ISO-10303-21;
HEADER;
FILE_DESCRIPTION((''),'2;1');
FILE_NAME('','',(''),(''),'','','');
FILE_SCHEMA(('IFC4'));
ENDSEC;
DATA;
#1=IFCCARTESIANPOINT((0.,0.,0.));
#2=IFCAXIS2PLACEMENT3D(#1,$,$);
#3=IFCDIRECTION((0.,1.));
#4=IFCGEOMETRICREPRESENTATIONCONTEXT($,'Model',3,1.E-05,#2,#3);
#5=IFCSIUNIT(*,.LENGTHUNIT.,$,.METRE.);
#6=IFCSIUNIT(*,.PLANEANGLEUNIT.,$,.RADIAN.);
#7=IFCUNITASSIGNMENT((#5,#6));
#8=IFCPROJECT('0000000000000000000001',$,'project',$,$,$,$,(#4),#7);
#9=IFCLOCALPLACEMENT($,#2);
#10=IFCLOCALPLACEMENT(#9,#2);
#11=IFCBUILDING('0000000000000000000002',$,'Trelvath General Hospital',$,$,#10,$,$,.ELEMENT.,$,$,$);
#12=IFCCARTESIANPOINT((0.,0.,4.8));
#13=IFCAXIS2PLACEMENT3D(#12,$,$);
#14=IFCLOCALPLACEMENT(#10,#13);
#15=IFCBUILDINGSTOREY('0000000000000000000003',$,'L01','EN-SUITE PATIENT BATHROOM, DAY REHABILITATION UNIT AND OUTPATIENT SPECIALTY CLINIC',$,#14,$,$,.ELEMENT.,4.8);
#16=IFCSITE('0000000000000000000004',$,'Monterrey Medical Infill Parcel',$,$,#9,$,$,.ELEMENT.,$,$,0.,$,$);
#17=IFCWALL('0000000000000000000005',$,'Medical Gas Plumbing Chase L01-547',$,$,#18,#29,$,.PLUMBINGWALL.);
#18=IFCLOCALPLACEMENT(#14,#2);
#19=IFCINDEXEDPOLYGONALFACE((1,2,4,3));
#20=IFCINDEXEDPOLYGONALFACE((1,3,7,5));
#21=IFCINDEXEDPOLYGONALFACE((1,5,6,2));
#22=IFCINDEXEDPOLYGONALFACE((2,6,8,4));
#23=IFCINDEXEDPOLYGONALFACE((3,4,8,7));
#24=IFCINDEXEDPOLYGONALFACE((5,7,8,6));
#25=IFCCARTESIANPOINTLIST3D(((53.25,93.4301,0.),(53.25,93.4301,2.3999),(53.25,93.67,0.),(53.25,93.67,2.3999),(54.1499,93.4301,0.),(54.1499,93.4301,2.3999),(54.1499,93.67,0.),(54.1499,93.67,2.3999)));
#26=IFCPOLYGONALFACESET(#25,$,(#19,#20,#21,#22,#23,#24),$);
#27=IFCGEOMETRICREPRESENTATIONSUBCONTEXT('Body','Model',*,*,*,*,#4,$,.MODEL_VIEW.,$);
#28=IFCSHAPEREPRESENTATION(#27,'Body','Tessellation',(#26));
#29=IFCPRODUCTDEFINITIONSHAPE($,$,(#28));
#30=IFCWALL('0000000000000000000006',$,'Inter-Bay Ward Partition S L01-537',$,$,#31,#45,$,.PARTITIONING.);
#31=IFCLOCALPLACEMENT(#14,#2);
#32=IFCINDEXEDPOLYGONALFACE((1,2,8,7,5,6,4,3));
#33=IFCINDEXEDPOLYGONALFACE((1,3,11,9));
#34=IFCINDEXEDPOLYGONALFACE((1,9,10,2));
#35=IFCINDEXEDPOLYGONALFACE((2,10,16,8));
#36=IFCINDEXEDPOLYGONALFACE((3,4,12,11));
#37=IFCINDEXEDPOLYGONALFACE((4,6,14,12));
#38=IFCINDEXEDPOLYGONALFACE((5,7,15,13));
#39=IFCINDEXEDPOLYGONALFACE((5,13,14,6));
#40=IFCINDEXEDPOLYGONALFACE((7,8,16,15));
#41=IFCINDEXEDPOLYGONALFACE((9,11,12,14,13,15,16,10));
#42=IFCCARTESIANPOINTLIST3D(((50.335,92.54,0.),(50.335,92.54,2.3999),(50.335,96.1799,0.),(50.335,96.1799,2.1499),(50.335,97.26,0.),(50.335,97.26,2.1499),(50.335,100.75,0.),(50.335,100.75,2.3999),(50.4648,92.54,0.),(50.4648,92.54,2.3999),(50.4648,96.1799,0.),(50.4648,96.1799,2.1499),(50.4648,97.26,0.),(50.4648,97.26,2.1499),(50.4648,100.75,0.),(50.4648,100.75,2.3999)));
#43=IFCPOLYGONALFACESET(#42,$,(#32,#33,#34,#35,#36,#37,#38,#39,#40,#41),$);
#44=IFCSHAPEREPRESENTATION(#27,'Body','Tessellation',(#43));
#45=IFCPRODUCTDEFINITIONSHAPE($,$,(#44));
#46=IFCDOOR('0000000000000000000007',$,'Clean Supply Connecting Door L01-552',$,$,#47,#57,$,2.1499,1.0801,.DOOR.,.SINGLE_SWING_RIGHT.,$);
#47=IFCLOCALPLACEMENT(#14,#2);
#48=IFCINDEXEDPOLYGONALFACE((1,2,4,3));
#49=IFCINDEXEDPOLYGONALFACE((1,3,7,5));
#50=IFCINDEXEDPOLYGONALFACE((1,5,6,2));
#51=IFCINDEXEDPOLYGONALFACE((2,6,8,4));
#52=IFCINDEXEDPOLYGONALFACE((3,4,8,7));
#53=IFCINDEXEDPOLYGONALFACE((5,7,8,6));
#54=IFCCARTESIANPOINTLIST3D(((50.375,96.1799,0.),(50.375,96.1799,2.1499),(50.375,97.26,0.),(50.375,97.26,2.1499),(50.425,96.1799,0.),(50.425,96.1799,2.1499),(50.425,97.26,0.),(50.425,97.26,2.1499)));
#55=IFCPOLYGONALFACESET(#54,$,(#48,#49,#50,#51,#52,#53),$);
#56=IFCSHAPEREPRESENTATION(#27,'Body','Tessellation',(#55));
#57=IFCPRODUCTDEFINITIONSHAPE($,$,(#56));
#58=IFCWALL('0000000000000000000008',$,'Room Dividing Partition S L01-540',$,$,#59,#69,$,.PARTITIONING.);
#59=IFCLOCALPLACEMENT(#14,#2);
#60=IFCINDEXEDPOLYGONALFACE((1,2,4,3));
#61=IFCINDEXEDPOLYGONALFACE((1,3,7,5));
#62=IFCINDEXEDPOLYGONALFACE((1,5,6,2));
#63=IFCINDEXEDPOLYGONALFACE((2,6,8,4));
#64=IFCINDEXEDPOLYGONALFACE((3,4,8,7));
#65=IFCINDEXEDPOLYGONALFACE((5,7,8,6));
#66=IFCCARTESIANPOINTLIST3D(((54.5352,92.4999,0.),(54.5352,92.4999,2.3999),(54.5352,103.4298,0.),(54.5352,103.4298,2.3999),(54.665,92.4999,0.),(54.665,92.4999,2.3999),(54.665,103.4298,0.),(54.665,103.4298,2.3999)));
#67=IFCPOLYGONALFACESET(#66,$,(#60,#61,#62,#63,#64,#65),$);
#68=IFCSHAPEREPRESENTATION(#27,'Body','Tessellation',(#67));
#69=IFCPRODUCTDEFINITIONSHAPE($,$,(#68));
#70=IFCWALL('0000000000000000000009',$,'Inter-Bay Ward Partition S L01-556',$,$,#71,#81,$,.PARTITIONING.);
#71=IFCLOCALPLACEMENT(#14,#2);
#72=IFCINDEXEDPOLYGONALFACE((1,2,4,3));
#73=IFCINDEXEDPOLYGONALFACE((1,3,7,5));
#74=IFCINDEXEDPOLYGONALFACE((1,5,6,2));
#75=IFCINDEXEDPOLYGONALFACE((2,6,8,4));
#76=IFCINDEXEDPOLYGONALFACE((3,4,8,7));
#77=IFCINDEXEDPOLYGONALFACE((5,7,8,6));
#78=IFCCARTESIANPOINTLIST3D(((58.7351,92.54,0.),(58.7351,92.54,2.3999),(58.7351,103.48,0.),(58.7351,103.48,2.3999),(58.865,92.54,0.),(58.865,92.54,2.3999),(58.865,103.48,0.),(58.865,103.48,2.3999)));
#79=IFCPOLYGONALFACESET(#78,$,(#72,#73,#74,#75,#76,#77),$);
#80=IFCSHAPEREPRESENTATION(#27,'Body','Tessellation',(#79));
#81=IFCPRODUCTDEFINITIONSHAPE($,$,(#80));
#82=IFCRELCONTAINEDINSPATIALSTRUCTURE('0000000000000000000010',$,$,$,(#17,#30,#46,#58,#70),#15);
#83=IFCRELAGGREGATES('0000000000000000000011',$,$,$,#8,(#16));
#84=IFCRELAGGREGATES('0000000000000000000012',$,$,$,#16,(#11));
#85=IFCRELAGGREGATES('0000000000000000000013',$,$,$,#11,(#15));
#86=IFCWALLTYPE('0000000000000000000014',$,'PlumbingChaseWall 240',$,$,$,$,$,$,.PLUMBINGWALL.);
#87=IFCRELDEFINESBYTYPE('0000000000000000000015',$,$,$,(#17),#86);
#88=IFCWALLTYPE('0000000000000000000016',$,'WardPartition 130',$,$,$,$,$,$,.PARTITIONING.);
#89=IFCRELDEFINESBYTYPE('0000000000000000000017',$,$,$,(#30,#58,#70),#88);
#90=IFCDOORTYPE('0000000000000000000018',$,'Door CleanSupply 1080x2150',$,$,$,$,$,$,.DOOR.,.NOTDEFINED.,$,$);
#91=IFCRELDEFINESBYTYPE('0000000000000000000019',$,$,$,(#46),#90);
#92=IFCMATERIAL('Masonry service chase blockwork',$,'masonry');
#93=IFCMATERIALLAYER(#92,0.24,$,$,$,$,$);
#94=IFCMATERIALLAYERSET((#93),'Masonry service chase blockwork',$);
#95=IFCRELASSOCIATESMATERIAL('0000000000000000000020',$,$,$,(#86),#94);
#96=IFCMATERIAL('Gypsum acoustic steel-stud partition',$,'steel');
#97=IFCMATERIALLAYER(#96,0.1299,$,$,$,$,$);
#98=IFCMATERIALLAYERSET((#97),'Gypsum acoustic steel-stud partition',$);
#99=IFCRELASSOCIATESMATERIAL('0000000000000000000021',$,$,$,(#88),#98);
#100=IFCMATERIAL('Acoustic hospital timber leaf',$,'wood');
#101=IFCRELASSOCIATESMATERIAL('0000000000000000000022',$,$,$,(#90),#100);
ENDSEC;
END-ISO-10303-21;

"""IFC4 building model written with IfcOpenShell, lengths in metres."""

from ifc_helpers import new_model, si_unit, direction, frame, frame_2d, origin, place, context, subcontext, project, spatial, rectangle, extrude, material, layer, layer_set, type_object, element, fill, save


model = new_model("IFC4")

# Units and contexts
model_context = context("Model", 3, precision=1e-05, world=origin(), true_north=direction((0.0, 1.0)))
body_context = subcontext(model_context, "Body", "Model", "MODEL_VIEW")
ifc_project = project(units=[si_unit("LENGTHUNIT", "METRE"), si_unit("PLANEANGLEUNIT", "RADIAN")], contexts=[model_context])

# Site, building, storey
site_placement = place(None, origin())
site = spatial("IfcSite", under=ifc_project, at=site_placement, Name="Monterrey Medical Infill Parcel", CompositionType="ELEMENT", RefElevation=0.0)
building_placement = place(site_placement, origin())
building = spatial("IfcBuilding", under=site, at=building_placement, Name="Trelvath General Hospital", CompositionType="ELEMENT")
storey_placement = place(building_placement, frame((0.0, 0.0, 4.8)))
storey = spatial("IfcBuildingStorey", under=building, at=storey_placement, Name="L01", Description="EN-SUITE PATIENT BATHROOM, DAY REHABILITATION UNIT AND OUTPATIENT SPECIALTY CLINIC", CompositionType="ELEMENT", Elevation=4.8)

# Wall
ifc_material_1 = material(Name="Masonry service chase blockwork", Category="masonry")
ifc_layer_1 = layer(ifc_material_1, 0.24)
ifc_layer_set_1 = layer_set([ifc_layer_1], Name="Masonry service chase blockwork")
wall_type_1 = type_object("IfcWallType", Name="PlumbingChaseWall 240", PredefinedType="PLUMBINGWALL", material=ifc_layer_set_1)
wall_1_placement = place(storey_placement, frame((53.25, 93.55, 0.0), z_axis=(0.0, 0.0, 1.0), x_axis=(1.0, 0.0, 0.0)))
element("IfcWall", 1, at=wall_1_placement, inside=storey, type_object=wall_type_1, Name="Medical Gas Plumbing Chase L01-547", PredefinedType="PLUMBINGWALL", context=body_context, shape_type="SweptSolid", body=[
    extrude(rectangle(XDim=0.8999, YDim=0.24, at=frame_2d((0.45, 0.0))), origin(), (0.0, 0.0, 1.0), 2.3999),
])

# Wall, opening, door
ifc_material_2 = material(Name="Gypsum acoustic steel-stud partition", Category="steel")
ifc_layer_2 = layer(ifc_material_2, 0.1299)
ifc_layer_set_2 = layer_set([ifc_layer_2], Name="Gypsum acoustic steel-stud partition")
wall_type_2 = type_object("IfcWallType", Name="WardPartition 130", PredefinedType="PARTITIONING", material=ifc_layer_set_2)
wall_2_placement = place(storey_placement, frame((50.3999, 92.54, 0.0), z_axis=(0.0, 0.0, 1.0), x_axis=(0.0, 1.0, 0.0)))
wall_2 = element("IfcWall", 2, at=wall_2_placement, inside=storey, type_object=wall_type_2, Name="Inter-Bay Ward Partition S L01-537", PredefinedType="PARTITIONING", context=body_context, shape_type="SweptSolid", body=[
    extrude(rectangle(XDim=8.21, YDim=0.1299, at=frame_2d((4.105, 0.0))), origin(), (0.0, 0.0, 1.0), 2.3999),
])
opening_1_placement = place(wall_2_placement, frame((3.6399, 0.0, 0.0)))
opening_1 = element("IfcOpeningElement", 3, at=opening_1_placement, cuts=wall_2, PredefinedType="OPENING", context=body_context, shape_type="SweptSolid", body=[
    extrude(rectangle(XDim=1.0801, YDim=2.1499, at=frame_2d((0.54, 1.075))), frame((0.0, 0.075, 0.0), z_axis=(0.0, -1.0, 0.0), x_axis=(1.0, 0.0, 0.0)), (0.0, 0.0, 1.0), 0.1499),
])
ifc_material_3 = material(Name="Acoustic hospital timber leaf", Category="wood")
door_type_1 = type_object("IfcDoorType", Name="Door CleanSupply 1080x2150", OperationType="NOTDEFINED", PredefinedType="DOOR", material=ifc_material_3)
door_1_placement = place(opening_1_placement, origin())
door_1 = element("IfcDoor", 4, at=door_1_placement, inside=storey, type_object=door_type_1, Name="Clean Supply Connecting Door L01-552", OperationType="SINGLE_SWING_RIGHT", OverallHeight=2.1499, OverallWidth=1.0801, PredefinedType="DOOR", context=body_context, shape_type="SweptSolid", body=[
    extrude(rectangle(XDim=1.0801, YDim=2.1499, at=frame_2d((0.54, 1.075))), frame((0.0, 0.0249, 0.0), z_axis=(0.0, -1.0, 0.0), x_axis=(1.0, 0.0, 0.0)), (0.0, 0.0, 1.0), 0.05),
])
fill(opening_1, door_1)

# Walls
wall_3_placement = place(storey_placement, frame((54.6001, 92.5, 0.0), z_axis=(0.0, 0.0, 1.0), x_axis=(0.0, 1.0, 0.0)))
element("IfcWall", 5, at=wall_3_placement, inside=storey, type_object=wall_type_2, Name="Room Dividing Partition S L01-540", PredefinedType="PARTITIONING", context=body_context, shape_type="SweptSolid", body=[
    extrude(rectangle(XDim=10.9299, YDim=0.1299, at=frame_2d((5.4648, 0.0))), origin(), (0.0, 0.0, 1.0), 2.3999),
])
wall_4_placement = place(storey_placement, frame((58.8, 92.54, 0.0), z_axis=(0.0, 0.0, 1.0), x_axis=(0.0, 1.0, 0.0)))
element("IfcWall", 6, at=wall_4_placement, inside=storey, type_object=wall_type_2, Name="Inter-Bay Ward Partition S L01-556", PredefinedType="PARTITIONING", context=body_context, shape_type="SweptSolid", body=[
    extrude(rectangle(XDim=10.9399, YDim=0.1299, at=frame_2d((5.47, 0.0))), origin(), (0.0, 0.0, 1.0), 2.3999),
])

save(model, "model.ifc")
